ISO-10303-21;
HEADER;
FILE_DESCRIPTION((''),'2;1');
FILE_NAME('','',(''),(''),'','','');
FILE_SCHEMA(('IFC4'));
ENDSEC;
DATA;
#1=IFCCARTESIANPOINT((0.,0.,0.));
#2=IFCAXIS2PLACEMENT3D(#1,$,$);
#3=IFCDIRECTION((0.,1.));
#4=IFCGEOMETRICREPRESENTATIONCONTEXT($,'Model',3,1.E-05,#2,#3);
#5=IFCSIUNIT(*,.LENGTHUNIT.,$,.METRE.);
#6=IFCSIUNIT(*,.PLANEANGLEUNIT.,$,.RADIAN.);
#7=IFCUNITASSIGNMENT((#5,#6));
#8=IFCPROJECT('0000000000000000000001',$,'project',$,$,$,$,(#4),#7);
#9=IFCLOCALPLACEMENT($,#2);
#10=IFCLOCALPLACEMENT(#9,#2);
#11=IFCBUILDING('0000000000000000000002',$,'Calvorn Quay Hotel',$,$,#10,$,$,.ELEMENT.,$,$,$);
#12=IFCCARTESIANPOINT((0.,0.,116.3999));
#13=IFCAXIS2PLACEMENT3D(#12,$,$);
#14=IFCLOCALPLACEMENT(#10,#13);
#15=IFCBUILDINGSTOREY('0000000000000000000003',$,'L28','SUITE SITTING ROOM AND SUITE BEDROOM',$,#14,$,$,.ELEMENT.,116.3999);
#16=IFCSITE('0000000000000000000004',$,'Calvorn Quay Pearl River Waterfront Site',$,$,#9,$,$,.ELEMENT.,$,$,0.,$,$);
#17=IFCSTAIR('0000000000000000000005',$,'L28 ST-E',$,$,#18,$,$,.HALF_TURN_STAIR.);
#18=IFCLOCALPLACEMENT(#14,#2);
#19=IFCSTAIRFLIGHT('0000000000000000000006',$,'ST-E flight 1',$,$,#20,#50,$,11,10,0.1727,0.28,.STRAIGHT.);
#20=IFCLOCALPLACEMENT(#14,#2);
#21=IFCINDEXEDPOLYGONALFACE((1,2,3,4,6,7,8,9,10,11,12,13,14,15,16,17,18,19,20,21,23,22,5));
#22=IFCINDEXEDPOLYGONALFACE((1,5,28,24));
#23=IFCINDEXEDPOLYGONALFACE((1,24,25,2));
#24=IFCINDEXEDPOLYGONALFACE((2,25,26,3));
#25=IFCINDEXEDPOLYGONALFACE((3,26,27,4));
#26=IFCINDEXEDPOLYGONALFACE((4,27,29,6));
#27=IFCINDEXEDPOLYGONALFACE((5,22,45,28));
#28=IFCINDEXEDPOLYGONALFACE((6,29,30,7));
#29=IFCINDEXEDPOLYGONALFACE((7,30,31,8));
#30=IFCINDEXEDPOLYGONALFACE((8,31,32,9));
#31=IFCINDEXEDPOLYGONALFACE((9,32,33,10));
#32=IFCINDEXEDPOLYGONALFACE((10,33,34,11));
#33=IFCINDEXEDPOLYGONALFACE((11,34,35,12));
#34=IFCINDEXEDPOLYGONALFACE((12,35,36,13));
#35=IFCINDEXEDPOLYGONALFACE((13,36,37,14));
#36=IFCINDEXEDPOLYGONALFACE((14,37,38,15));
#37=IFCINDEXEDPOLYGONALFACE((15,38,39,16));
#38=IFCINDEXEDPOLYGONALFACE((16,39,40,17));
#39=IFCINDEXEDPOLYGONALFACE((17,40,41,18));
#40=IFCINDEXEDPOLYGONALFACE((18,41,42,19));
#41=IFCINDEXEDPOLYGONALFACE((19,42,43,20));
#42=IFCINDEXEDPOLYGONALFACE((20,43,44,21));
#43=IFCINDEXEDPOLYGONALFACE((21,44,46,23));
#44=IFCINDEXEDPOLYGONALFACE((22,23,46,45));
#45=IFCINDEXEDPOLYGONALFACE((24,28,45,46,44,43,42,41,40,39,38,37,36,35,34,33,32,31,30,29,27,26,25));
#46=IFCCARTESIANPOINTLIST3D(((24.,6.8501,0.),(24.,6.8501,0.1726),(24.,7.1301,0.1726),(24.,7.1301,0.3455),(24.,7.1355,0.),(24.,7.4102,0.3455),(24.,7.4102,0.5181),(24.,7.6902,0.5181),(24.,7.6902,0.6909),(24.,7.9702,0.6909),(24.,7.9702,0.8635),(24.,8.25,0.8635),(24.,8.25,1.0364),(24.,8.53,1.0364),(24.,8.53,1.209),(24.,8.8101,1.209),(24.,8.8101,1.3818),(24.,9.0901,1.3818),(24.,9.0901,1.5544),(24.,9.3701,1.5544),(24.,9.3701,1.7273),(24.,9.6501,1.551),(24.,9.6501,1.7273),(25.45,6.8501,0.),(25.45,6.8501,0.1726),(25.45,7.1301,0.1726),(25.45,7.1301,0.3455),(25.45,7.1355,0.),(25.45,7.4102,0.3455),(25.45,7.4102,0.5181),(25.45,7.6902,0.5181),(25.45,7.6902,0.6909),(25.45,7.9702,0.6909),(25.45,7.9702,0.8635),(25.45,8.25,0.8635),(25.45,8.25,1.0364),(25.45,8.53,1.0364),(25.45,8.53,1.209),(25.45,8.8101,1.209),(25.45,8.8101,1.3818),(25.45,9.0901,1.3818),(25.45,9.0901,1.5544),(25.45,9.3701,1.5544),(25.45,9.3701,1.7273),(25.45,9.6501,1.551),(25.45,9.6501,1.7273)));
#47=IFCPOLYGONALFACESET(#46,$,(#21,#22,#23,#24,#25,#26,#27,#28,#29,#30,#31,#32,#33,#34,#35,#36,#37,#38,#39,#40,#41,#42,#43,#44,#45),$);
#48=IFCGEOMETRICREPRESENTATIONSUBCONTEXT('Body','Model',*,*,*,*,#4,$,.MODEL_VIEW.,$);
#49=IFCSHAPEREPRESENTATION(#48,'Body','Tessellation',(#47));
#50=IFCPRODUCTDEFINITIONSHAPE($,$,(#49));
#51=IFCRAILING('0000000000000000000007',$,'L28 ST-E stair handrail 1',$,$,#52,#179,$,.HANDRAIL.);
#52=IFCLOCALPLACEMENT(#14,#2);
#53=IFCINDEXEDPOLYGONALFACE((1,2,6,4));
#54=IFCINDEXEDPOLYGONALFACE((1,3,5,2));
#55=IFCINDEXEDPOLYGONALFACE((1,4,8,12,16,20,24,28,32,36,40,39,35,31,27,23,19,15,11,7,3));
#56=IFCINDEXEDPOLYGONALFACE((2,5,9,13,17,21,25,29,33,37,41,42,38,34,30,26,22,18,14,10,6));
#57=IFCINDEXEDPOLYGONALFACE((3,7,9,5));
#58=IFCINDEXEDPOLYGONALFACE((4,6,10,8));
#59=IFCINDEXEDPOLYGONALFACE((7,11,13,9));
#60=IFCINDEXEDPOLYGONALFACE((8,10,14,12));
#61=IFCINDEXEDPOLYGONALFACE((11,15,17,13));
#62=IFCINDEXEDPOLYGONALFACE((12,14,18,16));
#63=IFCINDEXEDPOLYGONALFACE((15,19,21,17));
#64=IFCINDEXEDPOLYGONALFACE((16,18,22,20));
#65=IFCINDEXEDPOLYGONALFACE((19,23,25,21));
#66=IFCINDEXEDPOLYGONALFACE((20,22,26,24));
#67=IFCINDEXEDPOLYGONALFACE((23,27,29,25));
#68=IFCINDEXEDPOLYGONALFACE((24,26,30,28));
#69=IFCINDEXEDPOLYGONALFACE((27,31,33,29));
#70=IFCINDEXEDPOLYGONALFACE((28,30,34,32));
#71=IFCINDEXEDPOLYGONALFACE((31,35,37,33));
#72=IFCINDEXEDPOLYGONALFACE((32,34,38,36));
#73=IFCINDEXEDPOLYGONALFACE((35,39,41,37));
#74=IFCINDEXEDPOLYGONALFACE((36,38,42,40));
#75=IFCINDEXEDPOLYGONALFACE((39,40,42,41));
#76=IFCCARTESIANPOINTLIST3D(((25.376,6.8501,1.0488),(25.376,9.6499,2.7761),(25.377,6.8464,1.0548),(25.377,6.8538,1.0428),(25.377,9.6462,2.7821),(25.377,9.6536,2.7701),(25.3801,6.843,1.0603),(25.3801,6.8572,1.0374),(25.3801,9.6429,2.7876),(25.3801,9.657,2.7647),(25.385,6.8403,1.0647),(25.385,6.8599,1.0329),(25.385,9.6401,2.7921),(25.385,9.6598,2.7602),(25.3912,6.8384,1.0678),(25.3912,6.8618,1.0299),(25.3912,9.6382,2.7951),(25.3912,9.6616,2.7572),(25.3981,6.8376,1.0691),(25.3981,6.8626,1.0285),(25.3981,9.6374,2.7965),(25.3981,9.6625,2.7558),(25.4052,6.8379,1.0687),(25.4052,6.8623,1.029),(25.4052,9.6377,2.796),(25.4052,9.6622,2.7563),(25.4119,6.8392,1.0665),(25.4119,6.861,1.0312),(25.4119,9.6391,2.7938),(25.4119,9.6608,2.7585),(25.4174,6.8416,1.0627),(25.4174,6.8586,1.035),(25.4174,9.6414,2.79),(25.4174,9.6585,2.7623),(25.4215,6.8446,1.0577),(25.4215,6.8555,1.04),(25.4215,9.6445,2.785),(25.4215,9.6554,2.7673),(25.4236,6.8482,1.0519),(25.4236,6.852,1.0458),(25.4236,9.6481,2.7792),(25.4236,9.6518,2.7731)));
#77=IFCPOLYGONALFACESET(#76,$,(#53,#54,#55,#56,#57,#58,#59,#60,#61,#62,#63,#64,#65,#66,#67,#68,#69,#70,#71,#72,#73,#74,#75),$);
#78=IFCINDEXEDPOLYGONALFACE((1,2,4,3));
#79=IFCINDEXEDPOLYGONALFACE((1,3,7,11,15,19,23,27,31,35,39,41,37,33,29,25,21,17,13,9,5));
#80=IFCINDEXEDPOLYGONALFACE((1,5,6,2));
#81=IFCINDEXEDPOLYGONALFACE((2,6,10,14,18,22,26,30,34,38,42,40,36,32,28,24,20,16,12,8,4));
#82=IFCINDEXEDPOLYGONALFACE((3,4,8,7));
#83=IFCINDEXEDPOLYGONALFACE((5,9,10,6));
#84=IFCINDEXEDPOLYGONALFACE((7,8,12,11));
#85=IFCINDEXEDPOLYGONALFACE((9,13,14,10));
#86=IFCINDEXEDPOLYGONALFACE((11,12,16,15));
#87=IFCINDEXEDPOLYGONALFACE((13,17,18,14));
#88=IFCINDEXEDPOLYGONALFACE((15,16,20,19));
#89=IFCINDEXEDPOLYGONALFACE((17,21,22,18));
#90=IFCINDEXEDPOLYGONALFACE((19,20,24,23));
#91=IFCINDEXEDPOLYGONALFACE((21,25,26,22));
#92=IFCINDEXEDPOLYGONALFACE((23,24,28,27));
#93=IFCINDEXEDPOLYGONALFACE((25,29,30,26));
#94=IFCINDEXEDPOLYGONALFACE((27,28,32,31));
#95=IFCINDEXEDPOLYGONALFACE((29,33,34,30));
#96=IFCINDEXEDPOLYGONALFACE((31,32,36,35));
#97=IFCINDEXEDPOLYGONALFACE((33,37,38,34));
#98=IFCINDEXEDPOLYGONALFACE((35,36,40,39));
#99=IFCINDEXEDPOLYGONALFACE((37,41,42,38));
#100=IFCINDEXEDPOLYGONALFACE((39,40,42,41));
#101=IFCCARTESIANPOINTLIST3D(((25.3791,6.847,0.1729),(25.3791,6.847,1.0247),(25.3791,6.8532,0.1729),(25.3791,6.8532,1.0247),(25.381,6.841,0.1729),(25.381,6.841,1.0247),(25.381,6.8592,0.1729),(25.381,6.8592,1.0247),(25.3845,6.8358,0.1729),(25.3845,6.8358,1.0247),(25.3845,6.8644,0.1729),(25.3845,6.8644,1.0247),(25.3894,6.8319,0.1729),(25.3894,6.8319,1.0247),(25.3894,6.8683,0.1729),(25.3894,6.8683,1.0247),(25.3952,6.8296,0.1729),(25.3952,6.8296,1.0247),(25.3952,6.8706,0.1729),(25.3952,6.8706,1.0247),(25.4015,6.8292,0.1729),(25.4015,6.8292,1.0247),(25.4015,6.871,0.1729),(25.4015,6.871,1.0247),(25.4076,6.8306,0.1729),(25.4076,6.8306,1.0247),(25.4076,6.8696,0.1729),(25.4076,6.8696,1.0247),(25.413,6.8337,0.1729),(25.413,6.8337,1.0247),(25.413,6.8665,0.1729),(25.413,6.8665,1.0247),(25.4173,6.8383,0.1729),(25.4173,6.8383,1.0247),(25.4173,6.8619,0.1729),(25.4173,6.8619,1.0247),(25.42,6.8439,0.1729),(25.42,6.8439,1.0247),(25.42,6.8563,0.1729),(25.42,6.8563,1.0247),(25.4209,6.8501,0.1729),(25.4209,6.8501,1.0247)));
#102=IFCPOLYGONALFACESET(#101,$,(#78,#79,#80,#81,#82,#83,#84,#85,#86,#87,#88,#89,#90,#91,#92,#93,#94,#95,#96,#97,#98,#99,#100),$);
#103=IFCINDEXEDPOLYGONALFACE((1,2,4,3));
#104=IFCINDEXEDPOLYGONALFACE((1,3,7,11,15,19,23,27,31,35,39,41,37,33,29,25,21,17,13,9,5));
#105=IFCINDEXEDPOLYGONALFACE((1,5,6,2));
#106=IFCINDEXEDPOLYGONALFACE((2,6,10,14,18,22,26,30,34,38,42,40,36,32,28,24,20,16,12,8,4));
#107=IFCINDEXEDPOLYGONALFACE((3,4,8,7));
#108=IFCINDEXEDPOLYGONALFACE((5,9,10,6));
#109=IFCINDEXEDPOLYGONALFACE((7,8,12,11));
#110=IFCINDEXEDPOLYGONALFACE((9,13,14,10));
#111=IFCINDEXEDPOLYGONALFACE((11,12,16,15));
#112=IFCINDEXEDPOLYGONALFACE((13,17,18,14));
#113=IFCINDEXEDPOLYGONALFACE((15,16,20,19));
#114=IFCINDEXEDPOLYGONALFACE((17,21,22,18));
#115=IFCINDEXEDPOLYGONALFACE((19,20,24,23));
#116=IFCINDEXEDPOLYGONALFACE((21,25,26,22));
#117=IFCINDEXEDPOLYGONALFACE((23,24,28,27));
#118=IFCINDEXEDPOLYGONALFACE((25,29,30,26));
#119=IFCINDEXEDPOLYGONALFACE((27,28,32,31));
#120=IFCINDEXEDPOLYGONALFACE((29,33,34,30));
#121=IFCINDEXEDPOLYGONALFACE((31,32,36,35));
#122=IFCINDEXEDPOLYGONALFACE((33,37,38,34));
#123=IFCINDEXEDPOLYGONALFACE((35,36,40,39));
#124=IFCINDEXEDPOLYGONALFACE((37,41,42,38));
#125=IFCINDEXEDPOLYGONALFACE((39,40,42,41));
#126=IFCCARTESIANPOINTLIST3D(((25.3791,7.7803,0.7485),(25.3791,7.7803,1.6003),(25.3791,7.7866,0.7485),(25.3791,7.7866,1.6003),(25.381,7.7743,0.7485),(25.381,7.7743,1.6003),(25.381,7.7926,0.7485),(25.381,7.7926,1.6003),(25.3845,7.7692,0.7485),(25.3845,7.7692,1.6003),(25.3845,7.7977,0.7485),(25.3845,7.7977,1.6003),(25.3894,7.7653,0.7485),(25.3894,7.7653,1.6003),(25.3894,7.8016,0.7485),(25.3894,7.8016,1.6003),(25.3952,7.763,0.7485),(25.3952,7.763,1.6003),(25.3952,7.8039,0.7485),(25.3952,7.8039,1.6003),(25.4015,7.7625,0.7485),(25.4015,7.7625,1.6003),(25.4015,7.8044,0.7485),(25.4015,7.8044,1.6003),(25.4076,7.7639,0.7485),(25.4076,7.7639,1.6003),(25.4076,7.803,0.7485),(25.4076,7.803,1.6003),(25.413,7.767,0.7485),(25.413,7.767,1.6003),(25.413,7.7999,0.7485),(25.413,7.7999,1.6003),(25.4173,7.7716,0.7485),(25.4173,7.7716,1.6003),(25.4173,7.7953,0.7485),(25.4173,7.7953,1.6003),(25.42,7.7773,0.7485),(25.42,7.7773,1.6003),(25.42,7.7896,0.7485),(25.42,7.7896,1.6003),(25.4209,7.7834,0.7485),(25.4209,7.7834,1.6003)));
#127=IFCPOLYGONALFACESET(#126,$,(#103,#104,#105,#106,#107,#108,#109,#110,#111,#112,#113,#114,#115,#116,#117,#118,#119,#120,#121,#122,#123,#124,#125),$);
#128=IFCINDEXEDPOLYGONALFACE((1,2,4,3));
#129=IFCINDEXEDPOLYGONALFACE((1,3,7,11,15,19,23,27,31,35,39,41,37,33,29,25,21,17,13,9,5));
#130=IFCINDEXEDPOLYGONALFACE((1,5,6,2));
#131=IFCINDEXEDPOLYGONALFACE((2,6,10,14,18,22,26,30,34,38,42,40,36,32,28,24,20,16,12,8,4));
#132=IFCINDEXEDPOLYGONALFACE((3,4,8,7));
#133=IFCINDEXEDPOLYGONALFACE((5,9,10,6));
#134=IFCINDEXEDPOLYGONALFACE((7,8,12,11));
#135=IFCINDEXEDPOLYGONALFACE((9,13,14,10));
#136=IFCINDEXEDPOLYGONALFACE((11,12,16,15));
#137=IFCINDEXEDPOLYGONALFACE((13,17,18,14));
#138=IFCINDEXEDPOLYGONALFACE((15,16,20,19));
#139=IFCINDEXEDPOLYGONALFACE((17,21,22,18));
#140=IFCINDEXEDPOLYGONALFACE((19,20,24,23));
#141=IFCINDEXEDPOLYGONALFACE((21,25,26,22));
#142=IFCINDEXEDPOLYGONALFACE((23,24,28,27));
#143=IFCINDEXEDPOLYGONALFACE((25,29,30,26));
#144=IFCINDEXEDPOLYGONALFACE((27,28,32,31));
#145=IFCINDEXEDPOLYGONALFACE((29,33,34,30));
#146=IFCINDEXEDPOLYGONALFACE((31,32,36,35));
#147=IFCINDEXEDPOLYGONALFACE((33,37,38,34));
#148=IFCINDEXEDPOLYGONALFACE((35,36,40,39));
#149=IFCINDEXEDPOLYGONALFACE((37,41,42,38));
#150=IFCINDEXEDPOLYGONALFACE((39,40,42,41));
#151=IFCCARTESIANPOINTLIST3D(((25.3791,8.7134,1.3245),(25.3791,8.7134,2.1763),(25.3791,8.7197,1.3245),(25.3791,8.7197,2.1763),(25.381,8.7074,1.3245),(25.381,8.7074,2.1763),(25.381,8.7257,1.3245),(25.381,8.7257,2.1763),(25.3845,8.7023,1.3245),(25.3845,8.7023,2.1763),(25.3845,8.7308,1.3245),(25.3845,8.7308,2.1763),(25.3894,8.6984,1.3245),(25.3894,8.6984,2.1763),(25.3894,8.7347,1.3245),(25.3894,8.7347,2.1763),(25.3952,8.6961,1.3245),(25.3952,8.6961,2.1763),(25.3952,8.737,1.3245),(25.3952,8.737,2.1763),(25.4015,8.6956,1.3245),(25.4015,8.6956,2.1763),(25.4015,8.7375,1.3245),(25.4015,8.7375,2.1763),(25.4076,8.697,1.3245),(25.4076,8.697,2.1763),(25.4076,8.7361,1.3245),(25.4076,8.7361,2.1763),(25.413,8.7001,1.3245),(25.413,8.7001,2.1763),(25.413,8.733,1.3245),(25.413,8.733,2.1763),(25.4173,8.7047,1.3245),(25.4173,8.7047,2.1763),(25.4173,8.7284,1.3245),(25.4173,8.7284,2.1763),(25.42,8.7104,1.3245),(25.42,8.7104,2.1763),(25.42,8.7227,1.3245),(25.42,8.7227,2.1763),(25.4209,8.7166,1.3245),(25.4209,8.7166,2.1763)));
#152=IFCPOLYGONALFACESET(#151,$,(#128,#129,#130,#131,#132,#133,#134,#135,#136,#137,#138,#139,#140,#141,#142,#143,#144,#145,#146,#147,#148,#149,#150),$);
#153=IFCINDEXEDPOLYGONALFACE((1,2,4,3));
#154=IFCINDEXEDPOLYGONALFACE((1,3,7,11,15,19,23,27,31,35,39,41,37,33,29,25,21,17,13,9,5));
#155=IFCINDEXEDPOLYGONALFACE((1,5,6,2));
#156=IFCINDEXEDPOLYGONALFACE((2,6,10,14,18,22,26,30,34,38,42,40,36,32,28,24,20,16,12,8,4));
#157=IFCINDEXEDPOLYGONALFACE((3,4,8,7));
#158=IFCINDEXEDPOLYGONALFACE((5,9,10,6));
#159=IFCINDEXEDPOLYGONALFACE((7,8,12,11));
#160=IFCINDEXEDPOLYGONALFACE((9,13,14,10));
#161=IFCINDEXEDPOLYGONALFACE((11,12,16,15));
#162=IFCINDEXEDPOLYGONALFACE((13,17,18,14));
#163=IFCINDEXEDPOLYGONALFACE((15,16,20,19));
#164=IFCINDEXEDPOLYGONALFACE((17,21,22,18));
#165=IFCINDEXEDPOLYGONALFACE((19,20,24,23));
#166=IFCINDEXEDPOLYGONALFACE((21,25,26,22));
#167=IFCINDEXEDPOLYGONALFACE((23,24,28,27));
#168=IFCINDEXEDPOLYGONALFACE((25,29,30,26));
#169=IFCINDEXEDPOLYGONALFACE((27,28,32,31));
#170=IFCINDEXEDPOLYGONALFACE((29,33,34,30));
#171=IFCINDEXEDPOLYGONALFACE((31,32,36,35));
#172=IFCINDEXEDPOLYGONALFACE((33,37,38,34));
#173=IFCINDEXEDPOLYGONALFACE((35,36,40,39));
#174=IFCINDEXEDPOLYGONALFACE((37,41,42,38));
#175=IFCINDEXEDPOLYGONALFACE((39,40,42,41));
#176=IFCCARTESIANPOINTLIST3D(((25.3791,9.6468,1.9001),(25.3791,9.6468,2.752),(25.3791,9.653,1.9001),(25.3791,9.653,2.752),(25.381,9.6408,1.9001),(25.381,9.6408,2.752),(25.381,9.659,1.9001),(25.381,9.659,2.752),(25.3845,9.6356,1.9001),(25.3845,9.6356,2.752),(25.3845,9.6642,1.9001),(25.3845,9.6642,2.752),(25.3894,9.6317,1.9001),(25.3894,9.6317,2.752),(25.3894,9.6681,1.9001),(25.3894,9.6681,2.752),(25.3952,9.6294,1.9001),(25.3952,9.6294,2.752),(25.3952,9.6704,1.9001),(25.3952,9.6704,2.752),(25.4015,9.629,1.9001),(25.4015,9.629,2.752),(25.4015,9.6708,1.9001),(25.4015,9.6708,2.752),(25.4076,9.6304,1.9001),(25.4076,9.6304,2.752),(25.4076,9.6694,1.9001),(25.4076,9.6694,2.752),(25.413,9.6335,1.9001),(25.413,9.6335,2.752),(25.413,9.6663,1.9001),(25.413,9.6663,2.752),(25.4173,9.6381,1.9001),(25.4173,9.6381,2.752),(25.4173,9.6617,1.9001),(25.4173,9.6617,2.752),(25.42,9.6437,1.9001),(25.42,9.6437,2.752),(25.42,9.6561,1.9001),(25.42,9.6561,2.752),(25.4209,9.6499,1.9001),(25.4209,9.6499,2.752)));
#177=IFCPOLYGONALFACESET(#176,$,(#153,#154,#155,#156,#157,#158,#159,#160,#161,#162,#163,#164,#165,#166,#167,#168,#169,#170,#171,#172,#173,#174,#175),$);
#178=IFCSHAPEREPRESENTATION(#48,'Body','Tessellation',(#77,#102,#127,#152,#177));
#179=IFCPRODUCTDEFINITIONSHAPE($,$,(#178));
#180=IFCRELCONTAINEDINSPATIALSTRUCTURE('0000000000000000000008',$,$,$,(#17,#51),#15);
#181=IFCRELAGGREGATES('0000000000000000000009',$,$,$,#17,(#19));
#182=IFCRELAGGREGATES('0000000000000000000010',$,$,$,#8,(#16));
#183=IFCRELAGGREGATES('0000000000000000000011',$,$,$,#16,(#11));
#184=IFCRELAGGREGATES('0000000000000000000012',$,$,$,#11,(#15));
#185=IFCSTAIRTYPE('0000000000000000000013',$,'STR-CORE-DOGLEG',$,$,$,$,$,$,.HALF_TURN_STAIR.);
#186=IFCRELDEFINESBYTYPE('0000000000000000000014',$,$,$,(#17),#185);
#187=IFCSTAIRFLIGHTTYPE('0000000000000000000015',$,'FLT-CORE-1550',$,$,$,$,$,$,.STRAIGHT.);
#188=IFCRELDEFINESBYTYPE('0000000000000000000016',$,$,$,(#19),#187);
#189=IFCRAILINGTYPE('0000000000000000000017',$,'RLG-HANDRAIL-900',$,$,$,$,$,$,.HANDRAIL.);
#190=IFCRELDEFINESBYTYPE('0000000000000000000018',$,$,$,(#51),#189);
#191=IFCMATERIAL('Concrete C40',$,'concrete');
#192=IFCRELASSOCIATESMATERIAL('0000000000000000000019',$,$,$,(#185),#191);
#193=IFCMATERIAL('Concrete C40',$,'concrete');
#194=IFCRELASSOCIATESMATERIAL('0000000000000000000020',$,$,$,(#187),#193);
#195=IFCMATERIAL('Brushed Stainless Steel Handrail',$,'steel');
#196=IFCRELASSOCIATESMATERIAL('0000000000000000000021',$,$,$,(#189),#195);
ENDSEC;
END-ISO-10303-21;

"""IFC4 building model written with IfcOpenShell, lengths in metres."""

from ifc_helpers import new_model, si_unit, direction, frame, origin, origin_2d, place, context, subcontext, project, spatial, polyline, circle, outline, extrude, material, type_object, element, aggregate, save


model = new_model("IFC4")

# Units and contexts
model_context = context("Model", 3, precision=1e-05, world=origin(), true_north=direction((0.0, 1.0)))
body_context = subcontext(model_context, "Body", "Model", "MODEL_VIEW")
ifc_project = project(units=[si_unit("LENGTHUNIT", "METRE"), si_unit("PLANEANGLEUNIT", "RADIAN")], contexts=[model_context])

# Site, building, storey
site_placement = place(None, origin())
site = spatial("IfcSite", under=ifc_project, at=site_placement, Name="Calvorn Quay Pearl River Waterfront Site", CompositionType="ELEMENT", RefElevation=0.0)
building_placement = place(site_placement, origin())
building = spatial("IfcBuilding", under=site, at=building_placement, Name="Calvorn Quay Hotel", CompositionType="ELEMENT")
storey_placement = place(building_placement, frame((0.0, 0.0, 116.3999)))
storey = spatial("IfcBuildingStorey", under=building, at=storey_placement, Name="L28", Description="SUITE SITTING ROOM AND SUITE BEDROOM", CompositionType="ELEMENT", Elevation=116.3999)

# Stair, stair flight
ifc_material_1 = material(Name="Concrete C40", Category="concrete")
stair_type = type_object("IfcStairType", Name="STR-CORE-DOGLEG", PredefinedType="HALF_TURN_STAIR", material=ifc_material_1)
stair_placement = place(storey_placement, origin())
stair = element("IfcStair", 1, at=stair_placement, inside=storey, type_object=stair_type, Name="L28 ST-E", PredefinedType="HALF_TURN_STAIR")
ifc_material_2 = material(Name="Concrete C40", Category="concrete")
stair_flight_type = type_object("IfcStairFlightType", Name="FLT-CORE-1550", PredefinedType="STRAIGHT", material=ifc_material_2)
stair_flight_placement = place(storey_placement, frame((24.7251, 6.8501, 0.0), z_axis=(0.0, 0.0, 1.0), x_axis=(0.0, 1.0, 0.0)))
stair_flight = element("IfcStairFlight", 2, at=stair_flight_placement, type_object=stair_flight_type, Name="ST-E flight 1", NumberOfRisers=11, NumberOfTreads=10, PredefinedType="STRAIGHT", RiserHeight=0.1727, TreadLength=0.28, context=body_context, shape_type="SweptSolid", body=[
    extrude(outline(polyline([(0.0, 0.0), (0.0, 0.1726), (0.28, 0.1726), (0.28, 0.3455), (0.5601, 0.3455), (0.5601, 0.5181), (0.8401, 0.5181), (0.8401, 0.6909), (1.1201, 0.6909), (1.1201, 0.8635), (1.3999, 0.8635), (1.3999, 1.0364), (1.6799, 1.0364), (1.6799, 1.209), (1.96, 1.209), (1.96, 1.3818), (2.24, 1.3818), (2.24, 1.5544), (2.52, 1.5544), (2.52, 1.7273), (2.8, 1.7273), (2.8, 1.8999), (2.8, 1.551), (0.2854, 0.0), (0.0, 0.0)])), frame((0.0, 0.7251, 0.0), z_axis=(0.0, -1.0, 0.0), x_axis=(1.0, 0.0, 0.0)), (0.0, 0.0, 1.0), 1.45),
])
aggregate(stair, [stair_flight])

# Railing
ifc_material_3 = material(Name="Brushed Stainless Steel Handrail", Category="steel")
railing_type_1 = type_object("IfcRailingType", Name="RLG-HANDRAIL-900", PredefinedType="HANDRAIL", material=ifc_material_3)
railing_1_placement = place(storey_placement, frame((25.3999, 6.8501, 0.1729)))
element("IfcRailing", 3, at=railing_1_placement, inside=storey, type_object=railing_type_1, Name="L28 ST-E stair handrail 1", PredefinedType="HANDRAIL", context=body_context, shape_type="SweptSolid", body=[
    extrude(circle(Radius=0.0239, at=origin_2d()), frame((0.0, 0.0, 0.876), z_axis=(0.0, 0.851069, 0.525054), x_axis=(-1.0, 0.0, 0.0)), (0.0, 0.0, 1.0), 3.2898),
    extrude(circle(Radius=0.021, at=origin_2d()), origin(), (0.0, 0.0, 1.0), 0.8518),
    extrude(circle(Radius=0.021, at=origin_2d()), frame((0.0, 0.9333, 0.5757)), (0.0, 0.0, 1.0), 0.8518),
    extrude(circle(Radius=0.021, at=origin_2d()), frame((0.0, 1.8665, 1.1516)), (0.0, 0.0, 1.0), 0.8518),
    extrude(circle(Radius=0.021, at=origin_2d()), frame((0.0, 2.7998, 1.7273)), (0.0, 0.0, 1.0), 0.8518),
])

save(model, "model.ifc")
